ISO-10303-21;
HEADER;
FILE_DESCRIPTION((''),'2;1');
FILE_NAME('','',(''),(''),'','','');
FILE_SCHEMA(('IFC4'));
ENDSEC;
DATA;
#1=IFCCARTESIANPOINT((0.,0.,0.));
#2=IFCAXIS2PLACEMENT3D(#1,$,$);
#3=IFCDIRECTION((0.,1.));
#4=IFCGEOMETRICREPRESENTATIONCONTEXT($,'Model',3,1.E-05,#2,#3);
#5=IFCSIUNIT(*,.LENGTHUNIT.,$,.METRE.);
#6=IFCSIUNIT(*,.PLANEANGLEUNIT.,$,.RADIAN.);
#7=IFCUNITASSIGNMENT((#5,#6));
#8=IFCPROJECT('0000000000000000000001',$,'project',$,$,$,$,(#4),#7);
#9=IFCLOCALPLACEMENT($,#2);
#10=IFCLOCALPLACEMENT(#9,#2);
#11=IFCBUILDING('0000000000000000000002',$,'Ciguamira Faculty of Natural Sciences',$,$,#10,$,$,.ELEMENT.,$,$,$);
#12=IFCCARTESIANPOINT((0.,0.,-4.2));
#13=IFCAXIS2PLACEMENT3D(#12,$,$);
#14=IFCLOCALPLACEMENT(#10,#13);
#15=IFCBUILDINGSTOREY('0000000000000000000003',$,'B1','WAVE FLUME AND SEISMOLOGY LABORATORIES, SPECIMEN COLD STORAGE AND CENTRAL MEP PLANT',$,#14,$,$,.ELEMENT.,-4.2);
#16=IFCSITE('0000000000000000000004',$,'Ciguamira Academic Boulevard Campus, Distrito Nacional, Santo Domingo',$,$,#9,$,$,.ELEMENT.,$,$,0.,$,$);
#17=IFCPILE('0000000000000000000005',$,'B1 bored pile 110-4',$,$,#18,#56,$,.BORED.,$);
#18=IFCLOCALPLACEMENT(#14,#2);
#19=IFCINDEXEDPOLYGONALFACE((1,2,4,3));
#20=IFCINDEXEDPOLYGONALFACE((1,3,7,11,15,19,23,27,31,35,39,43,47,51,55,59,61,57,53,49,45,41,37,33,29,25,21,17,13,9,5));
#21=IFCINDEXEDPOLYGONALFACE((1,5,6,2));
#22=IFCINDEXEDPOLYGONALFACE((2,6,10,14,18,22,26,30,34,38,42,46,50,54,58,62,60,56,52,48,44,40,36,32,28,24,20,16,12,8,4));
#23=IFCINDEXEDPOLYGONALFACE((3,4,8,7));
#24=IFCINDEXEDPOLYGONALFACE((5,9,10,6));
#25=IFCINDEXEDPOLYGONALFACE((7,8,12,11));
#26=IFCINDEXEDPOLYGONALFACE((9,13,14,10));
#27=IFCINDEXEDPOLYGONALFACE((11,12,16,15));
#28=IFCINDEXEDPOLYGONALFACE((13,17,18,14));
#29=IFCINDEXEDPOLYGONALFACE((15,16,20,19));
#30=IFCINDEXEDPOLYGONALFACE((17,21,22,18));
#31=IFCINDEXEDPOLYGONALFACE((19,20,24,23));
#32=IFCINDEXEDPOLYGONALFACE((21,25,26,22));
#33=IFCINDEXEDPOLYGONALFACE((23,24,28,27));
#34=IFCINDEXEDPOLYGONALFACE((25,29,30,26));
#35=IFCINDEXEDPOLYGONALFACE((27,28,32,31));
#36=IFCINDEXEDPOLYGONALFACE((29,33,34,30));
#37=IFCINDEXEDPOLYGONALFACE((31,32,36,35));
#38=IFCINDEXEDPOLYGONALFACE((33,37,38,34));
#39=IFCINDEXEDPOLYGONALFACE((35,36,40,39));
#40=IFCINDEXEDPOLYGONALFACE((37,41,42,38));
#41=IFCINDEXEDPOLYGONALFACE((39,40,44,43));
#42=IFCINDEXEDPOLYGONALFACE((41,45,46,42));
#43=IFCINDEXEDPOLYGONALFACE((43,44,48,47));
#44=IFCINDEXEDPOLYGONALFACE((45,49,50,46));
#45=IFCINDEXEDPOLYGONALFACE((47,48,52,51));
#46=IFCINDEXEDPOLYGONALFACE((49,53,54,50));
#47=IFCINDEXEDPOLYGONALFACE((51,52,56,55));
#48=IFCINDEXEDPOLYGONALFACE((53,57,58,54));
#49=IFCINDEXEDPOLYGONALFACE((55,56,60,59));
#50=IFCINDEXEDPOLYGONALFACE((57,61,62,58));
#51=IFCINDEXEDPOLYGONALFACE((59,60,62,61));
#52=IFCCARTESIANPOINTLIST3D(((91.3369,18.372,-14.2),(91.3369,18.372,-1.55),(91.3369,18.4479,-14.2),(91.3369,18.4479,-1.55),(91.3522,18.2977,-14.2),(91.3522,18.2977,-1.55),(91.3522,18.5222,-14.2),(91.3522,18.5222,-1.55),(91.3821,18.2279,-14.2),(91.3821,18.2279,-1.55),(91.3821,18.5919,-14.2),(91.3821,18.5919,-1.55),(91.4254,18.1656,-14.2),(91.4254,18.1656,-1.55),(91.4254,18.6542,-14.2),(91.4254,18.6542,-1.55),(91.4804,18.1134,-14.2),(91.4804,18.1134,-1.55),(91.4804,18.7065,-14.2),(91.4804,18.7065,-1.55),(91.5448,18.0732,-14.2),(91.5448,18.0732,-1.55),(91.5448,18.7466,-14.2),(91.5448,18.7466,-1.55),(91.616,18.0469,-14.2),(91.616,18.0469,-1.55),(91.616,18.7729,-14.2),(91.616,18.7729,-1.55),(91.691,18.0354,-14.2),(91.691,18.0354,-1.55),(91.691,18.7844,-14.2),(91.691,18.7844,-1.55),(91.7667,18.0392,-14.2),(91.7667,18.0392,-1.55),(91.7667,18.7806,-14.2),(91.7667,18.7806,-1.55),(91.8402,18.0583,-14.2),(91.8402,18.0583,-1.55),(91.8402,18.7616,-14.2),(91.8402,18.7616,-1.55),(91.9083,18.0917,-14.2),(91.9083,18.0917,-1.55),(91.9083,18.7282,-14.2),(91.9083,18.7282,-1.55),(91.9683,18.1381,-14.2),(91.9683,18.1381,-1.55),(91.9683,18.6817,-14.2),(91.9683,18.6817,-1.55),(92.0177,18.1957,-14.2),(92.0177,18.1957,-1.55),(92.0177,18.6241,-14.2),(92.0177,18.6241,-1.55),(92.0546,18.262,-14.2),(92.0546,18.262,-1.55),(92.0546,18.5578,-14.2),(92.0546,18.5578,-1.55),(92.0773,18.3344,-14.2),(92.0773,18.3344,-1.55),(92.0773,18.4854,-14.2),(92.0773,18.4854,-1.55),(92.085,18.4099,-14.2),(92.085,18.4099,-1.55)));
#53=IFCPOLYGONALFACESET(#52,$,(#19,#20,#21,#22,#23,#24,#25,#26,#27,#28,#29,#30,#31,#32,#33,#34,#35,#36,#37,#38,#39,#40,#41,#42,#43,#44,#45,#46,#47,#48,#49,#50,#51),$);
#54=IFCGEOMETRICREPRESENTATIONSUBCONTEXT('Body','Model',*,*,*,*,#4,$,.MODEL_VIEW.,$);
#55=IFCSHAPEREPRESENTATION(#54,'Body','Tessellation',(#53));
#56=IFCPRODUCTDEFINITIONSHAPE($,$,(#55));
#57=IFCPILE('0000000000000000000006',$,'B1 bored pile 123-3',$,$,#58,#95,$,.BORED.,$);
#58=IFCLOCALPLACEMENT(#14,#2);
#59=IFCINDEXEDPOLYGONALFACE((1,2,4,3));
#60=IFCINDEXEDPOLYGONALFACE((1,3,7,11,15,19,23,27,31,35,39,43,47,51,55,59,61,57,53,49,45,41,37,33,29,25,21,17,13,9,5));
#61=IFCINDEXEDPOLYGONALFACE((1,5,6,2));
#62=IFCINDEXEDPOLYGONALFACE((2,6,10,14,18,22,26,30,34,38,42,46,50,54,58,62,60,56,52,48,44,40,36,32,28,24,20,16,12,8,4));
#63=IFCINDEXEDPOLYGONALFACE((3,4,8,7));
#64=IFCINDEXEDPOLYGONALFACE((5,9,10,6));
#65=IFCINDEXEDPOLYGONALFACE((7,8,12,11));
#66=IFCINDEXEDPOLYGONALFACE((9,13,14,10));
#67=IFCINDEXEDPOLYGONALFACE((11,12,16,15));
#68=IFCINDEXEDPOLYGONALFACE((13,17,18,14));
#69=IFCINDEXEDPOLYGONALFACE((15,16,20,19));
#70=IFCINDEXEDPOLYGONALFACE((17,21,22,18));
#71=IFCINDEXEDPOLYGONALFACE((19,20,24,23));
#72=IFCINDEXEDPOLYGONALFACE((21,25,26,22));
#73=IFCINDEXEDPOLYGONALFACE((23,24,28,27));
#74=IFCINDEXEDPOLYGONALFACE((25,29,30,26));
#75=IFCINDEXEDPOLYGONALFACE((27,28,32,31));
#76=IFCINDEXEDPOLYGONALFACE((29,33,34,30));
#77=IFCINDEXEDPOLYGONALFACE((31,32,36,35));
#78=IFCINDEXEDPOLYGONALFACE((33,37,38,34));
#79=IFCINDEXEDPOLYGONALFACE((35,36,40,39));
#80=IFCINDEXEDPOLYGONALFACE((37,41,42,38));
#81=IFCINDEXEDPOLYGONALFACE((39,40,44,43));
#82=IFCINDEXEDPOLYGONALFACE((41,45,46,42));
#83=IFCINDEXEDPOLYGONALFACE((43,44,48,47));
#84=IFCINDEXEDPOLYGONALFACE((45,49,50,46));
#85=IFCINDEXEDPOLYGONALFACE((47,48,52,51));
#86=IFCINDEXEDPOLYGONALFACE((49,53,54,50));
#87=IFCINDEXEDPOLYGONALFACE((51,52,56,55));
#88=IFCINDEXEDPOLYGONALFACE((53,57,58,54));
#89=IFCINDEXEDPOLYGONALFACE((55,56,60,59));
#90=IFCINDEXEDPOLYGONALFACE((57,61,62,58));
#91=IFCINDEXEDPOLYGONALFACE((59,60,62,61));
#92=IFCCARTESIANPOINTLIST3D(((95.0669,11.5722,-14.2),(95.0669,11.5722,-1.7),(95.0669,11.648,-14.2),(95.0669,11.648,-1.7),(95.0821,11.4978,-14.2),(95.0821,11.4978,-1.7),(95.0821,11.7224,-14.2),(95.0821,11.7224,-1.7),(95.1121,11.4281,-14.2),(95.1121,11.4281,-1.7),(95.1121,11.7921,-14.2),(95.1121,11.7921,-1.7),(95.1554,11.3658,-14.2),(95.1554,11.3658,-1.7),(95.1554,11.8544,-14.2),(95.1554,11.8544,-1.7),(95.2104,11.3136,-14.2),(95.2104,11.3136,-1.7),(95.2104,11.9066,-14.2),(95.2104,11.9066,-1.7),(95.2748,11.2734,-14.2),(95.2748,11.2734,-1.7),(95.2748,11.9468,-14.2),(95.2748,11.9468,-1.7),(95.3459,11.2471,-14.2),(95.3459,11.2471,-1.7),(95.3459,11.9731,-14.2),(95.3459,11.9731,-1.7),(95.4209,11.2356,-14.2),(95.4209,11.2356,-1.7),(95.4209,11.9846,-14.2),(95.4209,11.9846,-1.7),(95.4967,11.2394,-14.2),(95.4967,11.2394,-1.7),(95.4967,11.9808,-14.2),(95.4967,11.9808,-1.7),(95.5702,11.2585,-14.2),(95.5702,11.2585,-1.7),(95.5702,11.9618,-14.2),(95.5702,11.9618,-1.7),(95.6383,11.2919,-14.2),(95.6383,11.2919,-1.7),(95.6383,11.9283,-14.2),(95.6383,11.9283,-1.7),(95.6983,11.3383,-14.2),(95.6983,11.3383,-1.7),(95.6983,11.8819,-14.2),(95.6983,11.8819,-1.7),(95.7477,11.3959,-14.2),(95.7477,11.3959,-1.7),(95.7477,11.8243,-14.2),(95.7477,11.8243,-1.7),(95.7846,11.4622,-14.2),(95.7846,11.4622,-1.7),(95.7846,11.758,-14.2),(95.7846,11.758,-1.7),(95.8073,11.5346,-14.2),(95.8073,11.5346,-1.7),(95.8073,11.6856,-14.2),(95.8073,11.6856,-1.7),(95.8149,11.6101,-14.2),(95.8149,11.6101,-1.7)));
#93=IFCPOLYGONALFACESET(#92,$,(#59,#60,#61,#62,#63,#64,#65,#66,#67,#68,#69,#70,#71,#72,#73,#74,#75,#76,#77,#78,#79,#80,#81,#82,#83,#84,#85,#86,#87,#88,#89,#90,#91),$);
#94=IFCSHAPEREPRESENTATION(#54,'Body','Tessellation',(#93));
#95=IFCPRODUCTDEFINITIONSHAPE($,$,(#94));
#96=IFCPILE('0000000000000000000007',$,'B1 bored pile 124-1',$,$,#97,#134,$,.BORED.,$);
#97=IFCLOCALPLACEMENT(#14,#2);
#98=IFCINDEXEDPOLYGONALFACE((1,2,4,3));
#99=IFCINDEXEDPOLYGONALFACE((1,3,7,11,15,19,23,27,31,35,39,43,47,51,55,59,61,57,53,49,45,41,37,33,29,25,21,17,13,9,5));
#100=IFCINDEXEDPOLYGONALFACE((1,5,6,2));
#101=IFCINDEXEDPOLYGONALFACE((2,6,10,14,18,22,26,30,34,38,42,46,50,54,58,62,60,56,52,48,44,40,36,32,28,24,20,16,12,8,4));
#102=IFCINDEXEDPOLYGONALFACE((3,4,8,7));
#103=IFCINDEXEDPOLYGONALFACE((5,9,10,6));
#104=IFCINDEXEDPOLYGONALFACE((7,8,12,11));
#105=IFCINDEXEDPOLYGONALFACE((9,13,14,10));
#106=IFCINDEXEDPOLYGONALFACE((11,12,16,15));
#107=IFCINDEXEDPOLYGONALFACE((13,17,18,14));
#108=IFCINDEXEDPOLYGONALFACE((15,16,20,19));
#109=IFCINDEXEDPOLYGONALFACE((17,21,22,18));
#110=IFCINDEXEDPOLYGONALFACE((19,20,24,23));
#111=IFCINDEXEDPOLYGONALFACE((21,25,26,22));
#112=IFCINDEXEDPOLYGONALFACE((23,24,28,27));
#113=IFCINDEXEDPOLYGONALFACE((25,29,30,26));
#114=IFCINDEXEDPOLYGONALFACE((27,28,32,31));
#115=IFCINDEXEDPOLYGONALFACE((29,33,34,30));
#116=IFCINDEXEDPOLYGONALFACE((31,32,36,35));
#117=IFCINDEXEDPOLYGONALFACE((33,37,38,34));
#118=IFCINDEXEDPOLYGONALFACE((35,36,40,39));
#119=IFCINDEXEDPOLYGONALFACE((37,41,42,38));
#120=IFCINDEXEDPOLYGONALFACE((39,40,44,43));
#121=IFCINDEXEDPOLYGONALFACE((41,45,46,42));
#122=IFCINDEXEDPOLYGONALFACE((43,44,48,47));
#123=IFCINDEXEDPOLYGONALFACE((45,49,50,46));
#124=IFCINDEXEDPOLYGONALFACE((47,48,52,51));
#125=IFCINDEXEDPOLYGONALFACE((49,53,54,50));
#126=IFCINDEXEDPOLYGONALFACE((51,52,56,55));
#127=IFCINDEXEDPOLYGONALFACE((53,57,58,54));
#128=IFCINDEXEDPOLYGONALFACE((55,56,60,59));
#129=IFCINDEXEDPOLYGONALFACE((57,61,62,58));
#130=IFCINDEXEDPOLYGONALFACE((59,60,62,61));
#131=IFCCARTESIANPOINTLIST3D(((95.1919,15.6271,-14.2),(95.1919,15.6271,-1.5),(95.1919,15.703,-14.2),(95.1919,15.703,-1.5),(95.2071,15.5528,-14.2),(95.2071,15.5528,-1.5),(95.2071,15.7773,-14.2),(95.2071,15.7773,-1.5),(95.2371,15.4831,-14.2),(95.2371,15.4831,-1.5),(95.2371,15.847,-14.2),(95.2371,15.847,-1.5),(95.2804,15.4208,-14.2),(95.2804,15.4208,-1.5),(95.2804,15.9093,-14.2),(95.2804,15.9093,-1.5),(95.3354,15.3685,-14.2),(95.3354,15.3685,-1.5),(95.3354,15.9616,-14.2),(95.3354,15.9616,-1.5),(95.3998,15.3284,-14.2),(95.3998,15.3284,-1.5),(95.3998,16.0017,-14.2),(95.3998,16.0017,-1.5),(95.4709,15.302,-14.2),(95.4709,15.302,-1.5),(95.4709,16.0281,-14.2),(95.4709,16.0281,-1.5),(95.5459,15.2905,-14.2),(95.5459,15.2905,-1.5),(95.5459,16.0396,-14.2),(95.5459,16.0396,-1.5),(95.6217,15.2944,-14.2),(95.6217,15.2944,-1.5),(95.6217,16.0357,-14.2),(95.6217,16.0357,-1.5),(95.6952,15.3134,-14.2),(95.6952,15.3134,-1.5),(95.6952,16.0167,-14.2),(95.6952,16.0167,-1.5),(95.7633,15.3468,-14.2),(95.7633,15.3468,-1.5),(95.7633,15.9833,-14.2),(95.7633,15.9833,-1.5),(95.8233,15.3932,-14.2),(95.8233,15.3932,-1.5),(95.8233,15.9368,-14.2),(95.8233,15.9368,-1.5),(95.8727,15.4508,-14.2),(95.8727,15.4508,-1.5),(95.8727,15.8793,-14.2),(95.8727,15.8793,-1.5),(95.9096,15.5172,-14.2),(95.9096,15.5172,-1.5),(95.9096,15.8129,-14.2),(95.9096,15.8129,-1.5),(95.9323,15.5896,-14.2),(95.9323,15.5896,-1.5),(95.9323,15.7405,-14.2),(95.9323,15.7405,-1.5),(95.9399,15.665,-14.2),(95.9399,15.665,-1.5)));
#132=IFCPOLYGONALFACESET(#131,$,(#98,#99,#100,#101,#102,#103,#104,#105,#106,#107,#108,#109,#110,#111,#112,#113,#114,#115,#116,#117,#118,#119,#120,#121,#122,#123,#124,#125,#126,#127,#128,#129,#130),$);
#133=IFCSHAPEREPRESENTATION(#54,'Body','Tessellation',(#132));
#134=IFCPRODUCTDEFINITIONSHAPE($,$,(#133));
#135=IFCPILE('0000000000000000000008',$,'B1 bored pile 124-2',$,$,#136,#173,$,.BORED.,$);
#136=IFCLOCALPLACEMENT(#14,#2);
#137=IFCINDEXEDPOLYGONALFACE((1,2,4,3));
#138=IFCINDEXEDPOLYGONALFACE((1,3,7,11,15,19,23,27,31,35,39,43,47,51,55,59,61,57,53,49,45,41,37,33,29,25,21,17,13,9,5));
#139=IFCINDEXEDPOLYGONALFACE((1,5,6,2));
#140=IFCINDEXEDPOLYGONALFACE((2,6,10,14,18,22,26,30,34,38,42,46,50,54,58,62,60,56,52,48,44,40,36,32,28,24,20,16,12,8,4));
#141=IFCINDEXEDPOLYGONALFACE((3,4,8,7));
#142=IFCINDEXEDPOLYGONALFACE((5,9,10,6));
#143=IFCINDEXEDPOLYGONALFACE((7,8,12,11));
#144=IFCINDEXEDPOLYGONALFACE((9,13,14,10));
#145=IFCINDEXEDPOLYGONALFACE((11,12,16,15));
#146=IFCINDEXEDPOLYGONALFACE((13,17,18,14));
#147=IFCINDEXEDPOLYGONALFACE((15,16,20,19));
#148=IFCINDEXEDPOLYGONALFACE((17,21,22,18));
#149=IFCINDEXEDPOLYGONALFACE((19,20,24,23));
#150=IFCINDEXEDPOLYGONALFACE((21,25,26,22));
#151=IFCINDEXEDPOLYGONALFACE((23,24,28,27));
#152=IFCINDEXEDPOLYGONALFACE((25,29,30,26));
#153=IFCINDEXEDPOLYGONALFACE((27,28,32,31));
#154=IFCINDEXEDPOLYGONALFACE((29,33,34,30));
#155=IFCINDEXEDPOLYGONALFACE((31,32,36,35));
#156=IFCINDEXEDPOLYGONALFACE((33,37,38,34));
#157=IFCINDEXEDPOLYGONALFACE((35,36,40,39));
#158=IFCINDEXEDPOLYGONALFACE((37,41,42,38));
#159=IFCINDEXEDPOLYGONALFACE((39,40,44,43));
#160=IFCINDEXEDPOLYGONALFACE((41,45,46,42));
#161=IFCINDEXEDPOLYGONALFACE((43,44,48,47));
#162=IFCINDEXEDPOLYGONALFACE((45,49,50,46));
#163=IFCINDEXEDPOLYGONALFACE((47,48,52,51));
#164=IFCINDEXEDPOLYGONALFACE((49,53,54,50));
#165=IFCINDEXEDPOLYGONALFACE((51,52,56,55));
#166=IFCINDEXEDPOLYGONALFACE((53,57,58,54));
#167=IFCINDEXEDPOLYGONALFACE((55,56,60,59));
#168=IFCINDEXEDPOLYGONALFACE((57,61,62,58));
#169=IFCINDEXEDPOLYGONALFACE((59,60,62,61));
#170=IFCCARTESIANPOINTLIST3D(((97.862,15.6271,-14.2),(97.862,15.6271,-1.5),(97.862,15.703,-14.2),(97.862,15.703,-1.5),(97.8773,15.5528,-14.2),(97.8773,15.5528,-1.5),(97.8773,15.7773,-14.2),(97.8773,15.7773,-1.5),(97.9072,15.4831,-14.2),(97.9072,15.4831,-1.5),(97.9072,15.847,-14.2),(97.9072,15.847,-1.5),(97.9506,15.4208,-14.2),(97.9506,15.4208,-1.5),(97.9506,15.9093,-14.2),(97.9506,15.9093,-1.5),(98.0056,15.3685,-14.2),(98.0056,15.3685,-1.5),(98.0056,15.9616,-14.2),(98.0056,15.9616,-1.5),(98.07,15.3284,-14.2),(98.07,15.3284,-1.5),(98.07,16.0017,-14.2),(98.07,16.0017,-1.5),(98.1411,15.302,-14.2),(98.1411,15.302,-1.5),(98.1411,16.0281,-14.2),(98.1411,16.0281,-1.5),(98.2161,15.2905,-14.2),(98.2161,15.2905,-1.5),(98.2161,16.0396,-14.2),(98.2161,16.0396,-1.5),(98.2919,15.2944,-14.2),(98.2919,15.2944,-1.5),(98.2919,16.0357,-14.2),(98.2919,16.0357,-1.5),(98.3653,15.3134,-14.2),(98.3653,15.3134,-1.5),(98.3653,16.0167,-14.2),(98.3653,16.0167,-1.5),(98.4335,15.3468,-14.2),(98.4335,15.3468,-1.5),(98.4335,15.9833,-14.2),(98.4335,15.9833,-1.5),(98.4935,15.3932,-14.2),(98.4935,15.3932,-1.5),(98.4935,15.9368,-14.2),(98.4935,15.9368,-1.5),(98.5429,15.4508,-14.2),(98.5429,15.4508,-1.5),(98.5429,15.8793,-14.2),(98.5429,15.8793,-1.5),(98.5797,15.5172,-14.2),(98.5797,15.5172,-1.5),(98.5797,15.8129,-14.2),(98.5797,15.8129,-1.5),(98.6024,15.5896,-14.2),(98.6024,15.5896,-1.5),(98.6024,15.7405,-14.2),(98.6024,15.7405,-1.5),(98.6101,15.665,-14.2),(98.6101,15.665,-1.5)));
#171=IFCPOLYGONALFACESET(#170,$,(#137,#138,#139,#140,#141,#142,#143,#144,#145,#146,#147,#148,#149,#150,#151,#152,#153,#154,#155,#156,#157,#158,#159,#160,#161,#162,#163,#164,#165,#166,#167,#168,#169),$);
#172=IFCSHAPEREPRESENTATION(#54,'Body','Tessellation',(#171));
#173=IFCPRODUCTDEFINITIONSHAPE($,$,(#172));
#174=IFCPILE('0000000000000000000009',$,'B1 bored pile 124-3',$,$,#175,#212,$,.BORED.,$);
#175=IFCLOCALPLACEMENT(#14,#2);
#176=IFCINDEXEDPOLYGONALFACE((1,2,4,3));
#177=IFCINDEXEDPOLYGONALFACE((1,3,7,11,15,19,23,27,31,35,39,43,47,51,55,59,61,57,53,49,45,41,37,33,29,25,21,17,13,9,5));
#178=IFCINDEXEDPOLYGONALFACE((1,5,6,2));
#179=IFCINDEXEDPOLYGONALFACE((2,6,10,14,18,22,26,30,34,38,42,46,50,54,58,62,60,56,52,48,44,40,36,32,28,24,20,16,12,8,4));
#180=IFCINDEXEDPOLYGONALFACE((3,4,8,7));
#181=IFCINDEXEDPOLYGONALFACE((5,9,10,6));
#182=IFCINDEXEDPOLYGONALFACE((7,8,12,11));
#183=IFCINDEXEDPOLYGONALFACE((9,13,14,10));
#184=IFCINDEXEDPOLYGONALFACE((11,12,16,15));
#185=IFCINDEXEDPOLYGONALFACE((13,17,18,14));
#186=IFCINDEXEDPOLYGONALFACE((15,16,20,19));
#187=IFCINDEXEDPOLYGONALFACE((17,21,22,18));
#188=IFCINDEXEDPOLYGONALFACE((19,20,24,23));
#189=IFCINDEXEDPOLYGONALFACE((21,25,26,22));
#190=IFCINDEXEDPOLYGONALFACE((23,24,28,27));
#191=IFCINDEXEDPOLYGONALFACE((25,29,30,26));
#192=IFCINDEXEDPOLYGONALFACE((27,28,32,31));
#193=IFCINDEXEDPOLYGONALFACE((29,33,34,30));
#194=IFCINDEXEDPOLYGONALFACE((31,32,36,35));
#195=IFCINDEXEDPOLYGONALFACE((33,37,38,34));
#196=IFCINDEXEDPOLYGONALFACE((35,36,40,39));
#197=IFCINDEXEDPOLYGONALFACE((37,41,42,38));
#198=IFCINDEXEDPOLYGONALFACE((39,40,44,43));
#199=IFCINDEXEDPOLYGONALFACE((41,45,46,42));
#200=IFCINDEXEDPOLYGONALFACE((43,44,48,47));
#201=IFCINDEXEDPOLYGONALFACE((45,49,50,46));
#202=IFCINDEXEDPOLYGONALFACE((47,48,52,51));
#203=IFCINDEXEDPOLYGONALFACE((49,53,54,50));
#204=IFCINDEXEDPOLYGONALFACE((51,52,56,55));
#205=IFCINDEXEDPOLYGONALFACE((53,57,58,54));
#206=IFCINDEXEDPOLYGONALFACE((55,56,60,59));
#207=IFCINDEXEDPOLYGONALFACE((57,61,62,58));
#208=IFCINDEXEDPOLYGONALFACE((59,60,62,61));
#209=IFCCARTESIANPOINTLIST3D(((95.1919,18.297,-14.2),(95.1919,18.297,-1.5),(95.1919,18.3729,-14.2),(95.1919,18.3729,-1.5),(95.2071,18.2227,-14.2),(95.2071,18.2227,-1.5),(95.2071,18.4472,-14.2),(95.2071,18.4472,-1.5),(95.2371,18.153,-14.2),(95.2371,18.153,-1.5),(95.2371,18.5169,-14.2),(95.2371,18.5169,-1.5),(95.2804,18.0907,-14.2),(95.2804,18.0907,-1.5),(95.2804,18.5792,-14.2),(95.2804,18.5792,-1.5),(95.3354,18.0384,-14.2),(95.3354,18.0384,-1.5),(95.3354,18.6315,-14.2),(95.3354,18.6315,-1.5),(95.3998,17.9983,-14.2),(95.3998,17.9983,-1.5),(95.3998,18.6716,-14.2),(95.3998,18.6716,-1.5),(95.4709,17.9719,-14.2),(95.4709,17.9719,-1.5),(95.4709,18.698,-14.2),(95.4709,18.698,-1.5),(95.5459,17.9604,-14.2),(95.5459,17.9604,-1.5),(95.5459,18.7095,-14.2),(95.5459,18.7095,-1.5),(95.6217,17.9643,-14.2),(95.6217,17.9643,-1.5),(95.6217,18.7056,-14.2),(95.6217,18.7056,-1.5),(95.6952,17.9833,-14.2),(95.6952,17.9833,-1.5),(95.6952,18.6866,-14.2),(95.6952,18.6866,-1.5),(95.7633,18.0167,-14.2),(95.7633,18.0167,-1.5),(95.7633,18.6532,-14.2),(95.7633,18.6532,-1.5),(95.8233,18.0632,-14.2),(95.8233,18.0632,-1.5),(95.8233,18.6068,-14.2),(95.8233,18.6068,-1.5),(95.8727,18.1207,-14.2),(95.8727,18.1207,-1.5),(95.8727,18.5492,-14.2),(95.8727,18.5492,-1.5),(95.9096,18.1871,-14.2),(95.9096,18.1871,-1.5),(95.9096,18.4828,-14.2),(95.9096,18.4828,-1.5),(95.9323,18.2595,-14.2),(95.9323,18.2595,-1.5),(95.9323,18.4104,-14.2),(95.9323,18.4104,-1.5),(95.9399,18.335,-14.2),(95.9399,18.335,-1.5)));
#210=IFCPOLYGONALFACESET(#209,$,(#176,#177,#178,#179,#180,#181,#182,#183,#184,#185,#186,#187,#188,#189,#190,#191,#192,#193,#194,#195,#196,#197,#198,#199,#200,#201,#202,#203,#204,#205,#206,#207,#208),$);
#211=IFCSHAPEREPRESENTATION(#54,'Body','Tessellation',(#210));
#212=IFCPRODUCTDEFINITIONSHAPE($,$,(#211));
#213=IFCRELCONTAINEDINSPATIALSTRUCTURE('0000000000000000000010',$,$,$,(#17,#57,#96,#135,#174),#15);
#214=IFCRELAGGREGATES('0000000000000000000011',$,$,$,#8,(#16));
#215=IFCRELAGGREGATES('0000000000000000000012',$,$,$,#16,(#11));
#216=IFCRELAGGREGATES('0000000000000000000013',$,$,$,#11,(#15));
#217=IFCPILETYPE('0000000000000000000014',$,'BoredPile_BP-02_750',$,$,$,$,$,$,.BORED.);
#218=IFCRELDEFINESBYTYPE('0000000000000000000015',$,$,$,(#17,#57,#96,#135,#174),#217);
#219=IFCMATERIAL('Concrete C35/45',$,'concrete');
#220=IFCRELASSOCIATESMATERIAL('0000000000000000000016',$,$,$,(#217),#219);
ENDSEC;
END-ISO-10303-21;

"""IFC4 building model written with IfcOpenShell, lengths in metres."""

from ifc_helpers import new_model, si_unit, direction, frame, origin, origin_2d, place, context, subcontext, project, spatial, circle, extrude, material, material_profile, profile_set, type_object, element, save


model = new_model("IFC4")

# Units and contexts
model_context = context("Model", 3, precision=1e-05, world=origin(), true_north=direction((0.0, 1.0)))
body_context = subcontext(model_context, "Body", "Model", "MODEL_VIEW")
ifc_project = project(units=[si_unit("LENGTHUNIT", "METRE"), si_unit("PLANEANGLEUNIT", "RADIAN")], contexts=[model_context])

# Site, building, storey
site_placement = place(None, origin())
site = spatial("IfcSite", under=ifc_project, at=site_placement, Name="Ciguamira Academic Boulevard Campus, Distrito Nacional, Santo Domingo", CompositionType="ELEMENT", RefElevation=0.0)
building_placement = place(site_placement, origin())
building = spatial("IfcBuilding", under=site, at=building_placement, Name="Ciguamira Faculty of Natural Sciences", CompositionType="ELEMENT")
storey_placement = place(building_placement, frame((0.0, 0.0, -4.2)))
storey = spatial("IfcBuildingStorey", under=building, at=storey_placement, Name="B1", Description="WAVE FLUME AND SEISMOLOGY LABORATORIES, SPECIMEN COLD STORAGE AND CENTRAL MEP PLANT", CompositionType="ELEMENT", Elevation=-4.2)

# Piles
ifc_material_1 = material(Name="Concrete C35/45", Category="concrete")
ifc_material_profile_1 = material_profile(ifc_material_1, circle(Radius=0.375, at=origin_2d()), Name="PILE-BORED-750")
ifc_profile_set_1 = profile_set([ifc_material_profile_1], Name="Concrete C35/45")
pile_type = type_object("IfcPileType", Name="BoredPile_BP-02_750", PredefinedType="BORED", material=ifc_profile_set_1)
for number, where, z_axis, x_axis, name in (
    (1, (91.71, 18.4099, -1.55), (0.0, 0.0, -1.0), (1.0, 0.0, 0.0), "B1 bored pile 110-4"),
):
    element("IfcPile", number, at=place(storey_placement, frame(where, z_axis=z_axis, x_axis=x_axis)), inside=storey, type_object=pile_type, Name=name, PredefinedType="BORED", context=body_context, shape_type="SweptSolid", body=[
        extrude(circle(Radius=0.375, at=origin_2d()), origin(), (0.0, 0.0, 1.0), 12.6499),
    ])
pile_1_placement = place(storey_placement, frame((95.4399, 11.6101, -1.7), z_axis=(0.0, 0.0, -1.0), x_axis=(1.0, 0.0, 0.0)))
element("IfcPile", 2, at=pile_1_placement, inside=storey, type_object=pile_type, Name="B1 bored pile 123-3", PredefinedType="BORED", context=body_context, shape_type="SweptSolid", body=[
    extrude(circle(Radius=0.375, at=origin_2d()), origin(), (0.0, 0.0, 1.0), 12.5),
])
for number, where, z_axis, x_axis, name in (
    (3, (95.5649, 15.665, -1.5), (0.0, 0.0, -1.0), (1.0, 0.0, 0.0), "B1 bored pile 124-1"),
    (4, (98.2351, 15.665, -1.5), (0.0, 0.0, -1.0), (1.0, 0.0, 0.0), "B1 bored pile 124-2"),
    (5, (95.5649, 18.335, -1.5), (0.0, 0.0, -1.0), (1.0, 0.0, 0.0), "B1 bored pile 124-3"),
):
    element("IfcPile", number, at=place(storey_placement, frame(where, z_axis=z_axis, x_axis=x_axis)), inside=storey, type_object=pile_type, Name=name, PredefinedType="BORED", context=body_context, shape_type="SweptSolid", body=[
        extrude(circle(Radius=0.375, at=origin_2d()), origin(), (0.0, 0.0, 1.0), 12.7),
    ])

save(model, "model.ifc")
